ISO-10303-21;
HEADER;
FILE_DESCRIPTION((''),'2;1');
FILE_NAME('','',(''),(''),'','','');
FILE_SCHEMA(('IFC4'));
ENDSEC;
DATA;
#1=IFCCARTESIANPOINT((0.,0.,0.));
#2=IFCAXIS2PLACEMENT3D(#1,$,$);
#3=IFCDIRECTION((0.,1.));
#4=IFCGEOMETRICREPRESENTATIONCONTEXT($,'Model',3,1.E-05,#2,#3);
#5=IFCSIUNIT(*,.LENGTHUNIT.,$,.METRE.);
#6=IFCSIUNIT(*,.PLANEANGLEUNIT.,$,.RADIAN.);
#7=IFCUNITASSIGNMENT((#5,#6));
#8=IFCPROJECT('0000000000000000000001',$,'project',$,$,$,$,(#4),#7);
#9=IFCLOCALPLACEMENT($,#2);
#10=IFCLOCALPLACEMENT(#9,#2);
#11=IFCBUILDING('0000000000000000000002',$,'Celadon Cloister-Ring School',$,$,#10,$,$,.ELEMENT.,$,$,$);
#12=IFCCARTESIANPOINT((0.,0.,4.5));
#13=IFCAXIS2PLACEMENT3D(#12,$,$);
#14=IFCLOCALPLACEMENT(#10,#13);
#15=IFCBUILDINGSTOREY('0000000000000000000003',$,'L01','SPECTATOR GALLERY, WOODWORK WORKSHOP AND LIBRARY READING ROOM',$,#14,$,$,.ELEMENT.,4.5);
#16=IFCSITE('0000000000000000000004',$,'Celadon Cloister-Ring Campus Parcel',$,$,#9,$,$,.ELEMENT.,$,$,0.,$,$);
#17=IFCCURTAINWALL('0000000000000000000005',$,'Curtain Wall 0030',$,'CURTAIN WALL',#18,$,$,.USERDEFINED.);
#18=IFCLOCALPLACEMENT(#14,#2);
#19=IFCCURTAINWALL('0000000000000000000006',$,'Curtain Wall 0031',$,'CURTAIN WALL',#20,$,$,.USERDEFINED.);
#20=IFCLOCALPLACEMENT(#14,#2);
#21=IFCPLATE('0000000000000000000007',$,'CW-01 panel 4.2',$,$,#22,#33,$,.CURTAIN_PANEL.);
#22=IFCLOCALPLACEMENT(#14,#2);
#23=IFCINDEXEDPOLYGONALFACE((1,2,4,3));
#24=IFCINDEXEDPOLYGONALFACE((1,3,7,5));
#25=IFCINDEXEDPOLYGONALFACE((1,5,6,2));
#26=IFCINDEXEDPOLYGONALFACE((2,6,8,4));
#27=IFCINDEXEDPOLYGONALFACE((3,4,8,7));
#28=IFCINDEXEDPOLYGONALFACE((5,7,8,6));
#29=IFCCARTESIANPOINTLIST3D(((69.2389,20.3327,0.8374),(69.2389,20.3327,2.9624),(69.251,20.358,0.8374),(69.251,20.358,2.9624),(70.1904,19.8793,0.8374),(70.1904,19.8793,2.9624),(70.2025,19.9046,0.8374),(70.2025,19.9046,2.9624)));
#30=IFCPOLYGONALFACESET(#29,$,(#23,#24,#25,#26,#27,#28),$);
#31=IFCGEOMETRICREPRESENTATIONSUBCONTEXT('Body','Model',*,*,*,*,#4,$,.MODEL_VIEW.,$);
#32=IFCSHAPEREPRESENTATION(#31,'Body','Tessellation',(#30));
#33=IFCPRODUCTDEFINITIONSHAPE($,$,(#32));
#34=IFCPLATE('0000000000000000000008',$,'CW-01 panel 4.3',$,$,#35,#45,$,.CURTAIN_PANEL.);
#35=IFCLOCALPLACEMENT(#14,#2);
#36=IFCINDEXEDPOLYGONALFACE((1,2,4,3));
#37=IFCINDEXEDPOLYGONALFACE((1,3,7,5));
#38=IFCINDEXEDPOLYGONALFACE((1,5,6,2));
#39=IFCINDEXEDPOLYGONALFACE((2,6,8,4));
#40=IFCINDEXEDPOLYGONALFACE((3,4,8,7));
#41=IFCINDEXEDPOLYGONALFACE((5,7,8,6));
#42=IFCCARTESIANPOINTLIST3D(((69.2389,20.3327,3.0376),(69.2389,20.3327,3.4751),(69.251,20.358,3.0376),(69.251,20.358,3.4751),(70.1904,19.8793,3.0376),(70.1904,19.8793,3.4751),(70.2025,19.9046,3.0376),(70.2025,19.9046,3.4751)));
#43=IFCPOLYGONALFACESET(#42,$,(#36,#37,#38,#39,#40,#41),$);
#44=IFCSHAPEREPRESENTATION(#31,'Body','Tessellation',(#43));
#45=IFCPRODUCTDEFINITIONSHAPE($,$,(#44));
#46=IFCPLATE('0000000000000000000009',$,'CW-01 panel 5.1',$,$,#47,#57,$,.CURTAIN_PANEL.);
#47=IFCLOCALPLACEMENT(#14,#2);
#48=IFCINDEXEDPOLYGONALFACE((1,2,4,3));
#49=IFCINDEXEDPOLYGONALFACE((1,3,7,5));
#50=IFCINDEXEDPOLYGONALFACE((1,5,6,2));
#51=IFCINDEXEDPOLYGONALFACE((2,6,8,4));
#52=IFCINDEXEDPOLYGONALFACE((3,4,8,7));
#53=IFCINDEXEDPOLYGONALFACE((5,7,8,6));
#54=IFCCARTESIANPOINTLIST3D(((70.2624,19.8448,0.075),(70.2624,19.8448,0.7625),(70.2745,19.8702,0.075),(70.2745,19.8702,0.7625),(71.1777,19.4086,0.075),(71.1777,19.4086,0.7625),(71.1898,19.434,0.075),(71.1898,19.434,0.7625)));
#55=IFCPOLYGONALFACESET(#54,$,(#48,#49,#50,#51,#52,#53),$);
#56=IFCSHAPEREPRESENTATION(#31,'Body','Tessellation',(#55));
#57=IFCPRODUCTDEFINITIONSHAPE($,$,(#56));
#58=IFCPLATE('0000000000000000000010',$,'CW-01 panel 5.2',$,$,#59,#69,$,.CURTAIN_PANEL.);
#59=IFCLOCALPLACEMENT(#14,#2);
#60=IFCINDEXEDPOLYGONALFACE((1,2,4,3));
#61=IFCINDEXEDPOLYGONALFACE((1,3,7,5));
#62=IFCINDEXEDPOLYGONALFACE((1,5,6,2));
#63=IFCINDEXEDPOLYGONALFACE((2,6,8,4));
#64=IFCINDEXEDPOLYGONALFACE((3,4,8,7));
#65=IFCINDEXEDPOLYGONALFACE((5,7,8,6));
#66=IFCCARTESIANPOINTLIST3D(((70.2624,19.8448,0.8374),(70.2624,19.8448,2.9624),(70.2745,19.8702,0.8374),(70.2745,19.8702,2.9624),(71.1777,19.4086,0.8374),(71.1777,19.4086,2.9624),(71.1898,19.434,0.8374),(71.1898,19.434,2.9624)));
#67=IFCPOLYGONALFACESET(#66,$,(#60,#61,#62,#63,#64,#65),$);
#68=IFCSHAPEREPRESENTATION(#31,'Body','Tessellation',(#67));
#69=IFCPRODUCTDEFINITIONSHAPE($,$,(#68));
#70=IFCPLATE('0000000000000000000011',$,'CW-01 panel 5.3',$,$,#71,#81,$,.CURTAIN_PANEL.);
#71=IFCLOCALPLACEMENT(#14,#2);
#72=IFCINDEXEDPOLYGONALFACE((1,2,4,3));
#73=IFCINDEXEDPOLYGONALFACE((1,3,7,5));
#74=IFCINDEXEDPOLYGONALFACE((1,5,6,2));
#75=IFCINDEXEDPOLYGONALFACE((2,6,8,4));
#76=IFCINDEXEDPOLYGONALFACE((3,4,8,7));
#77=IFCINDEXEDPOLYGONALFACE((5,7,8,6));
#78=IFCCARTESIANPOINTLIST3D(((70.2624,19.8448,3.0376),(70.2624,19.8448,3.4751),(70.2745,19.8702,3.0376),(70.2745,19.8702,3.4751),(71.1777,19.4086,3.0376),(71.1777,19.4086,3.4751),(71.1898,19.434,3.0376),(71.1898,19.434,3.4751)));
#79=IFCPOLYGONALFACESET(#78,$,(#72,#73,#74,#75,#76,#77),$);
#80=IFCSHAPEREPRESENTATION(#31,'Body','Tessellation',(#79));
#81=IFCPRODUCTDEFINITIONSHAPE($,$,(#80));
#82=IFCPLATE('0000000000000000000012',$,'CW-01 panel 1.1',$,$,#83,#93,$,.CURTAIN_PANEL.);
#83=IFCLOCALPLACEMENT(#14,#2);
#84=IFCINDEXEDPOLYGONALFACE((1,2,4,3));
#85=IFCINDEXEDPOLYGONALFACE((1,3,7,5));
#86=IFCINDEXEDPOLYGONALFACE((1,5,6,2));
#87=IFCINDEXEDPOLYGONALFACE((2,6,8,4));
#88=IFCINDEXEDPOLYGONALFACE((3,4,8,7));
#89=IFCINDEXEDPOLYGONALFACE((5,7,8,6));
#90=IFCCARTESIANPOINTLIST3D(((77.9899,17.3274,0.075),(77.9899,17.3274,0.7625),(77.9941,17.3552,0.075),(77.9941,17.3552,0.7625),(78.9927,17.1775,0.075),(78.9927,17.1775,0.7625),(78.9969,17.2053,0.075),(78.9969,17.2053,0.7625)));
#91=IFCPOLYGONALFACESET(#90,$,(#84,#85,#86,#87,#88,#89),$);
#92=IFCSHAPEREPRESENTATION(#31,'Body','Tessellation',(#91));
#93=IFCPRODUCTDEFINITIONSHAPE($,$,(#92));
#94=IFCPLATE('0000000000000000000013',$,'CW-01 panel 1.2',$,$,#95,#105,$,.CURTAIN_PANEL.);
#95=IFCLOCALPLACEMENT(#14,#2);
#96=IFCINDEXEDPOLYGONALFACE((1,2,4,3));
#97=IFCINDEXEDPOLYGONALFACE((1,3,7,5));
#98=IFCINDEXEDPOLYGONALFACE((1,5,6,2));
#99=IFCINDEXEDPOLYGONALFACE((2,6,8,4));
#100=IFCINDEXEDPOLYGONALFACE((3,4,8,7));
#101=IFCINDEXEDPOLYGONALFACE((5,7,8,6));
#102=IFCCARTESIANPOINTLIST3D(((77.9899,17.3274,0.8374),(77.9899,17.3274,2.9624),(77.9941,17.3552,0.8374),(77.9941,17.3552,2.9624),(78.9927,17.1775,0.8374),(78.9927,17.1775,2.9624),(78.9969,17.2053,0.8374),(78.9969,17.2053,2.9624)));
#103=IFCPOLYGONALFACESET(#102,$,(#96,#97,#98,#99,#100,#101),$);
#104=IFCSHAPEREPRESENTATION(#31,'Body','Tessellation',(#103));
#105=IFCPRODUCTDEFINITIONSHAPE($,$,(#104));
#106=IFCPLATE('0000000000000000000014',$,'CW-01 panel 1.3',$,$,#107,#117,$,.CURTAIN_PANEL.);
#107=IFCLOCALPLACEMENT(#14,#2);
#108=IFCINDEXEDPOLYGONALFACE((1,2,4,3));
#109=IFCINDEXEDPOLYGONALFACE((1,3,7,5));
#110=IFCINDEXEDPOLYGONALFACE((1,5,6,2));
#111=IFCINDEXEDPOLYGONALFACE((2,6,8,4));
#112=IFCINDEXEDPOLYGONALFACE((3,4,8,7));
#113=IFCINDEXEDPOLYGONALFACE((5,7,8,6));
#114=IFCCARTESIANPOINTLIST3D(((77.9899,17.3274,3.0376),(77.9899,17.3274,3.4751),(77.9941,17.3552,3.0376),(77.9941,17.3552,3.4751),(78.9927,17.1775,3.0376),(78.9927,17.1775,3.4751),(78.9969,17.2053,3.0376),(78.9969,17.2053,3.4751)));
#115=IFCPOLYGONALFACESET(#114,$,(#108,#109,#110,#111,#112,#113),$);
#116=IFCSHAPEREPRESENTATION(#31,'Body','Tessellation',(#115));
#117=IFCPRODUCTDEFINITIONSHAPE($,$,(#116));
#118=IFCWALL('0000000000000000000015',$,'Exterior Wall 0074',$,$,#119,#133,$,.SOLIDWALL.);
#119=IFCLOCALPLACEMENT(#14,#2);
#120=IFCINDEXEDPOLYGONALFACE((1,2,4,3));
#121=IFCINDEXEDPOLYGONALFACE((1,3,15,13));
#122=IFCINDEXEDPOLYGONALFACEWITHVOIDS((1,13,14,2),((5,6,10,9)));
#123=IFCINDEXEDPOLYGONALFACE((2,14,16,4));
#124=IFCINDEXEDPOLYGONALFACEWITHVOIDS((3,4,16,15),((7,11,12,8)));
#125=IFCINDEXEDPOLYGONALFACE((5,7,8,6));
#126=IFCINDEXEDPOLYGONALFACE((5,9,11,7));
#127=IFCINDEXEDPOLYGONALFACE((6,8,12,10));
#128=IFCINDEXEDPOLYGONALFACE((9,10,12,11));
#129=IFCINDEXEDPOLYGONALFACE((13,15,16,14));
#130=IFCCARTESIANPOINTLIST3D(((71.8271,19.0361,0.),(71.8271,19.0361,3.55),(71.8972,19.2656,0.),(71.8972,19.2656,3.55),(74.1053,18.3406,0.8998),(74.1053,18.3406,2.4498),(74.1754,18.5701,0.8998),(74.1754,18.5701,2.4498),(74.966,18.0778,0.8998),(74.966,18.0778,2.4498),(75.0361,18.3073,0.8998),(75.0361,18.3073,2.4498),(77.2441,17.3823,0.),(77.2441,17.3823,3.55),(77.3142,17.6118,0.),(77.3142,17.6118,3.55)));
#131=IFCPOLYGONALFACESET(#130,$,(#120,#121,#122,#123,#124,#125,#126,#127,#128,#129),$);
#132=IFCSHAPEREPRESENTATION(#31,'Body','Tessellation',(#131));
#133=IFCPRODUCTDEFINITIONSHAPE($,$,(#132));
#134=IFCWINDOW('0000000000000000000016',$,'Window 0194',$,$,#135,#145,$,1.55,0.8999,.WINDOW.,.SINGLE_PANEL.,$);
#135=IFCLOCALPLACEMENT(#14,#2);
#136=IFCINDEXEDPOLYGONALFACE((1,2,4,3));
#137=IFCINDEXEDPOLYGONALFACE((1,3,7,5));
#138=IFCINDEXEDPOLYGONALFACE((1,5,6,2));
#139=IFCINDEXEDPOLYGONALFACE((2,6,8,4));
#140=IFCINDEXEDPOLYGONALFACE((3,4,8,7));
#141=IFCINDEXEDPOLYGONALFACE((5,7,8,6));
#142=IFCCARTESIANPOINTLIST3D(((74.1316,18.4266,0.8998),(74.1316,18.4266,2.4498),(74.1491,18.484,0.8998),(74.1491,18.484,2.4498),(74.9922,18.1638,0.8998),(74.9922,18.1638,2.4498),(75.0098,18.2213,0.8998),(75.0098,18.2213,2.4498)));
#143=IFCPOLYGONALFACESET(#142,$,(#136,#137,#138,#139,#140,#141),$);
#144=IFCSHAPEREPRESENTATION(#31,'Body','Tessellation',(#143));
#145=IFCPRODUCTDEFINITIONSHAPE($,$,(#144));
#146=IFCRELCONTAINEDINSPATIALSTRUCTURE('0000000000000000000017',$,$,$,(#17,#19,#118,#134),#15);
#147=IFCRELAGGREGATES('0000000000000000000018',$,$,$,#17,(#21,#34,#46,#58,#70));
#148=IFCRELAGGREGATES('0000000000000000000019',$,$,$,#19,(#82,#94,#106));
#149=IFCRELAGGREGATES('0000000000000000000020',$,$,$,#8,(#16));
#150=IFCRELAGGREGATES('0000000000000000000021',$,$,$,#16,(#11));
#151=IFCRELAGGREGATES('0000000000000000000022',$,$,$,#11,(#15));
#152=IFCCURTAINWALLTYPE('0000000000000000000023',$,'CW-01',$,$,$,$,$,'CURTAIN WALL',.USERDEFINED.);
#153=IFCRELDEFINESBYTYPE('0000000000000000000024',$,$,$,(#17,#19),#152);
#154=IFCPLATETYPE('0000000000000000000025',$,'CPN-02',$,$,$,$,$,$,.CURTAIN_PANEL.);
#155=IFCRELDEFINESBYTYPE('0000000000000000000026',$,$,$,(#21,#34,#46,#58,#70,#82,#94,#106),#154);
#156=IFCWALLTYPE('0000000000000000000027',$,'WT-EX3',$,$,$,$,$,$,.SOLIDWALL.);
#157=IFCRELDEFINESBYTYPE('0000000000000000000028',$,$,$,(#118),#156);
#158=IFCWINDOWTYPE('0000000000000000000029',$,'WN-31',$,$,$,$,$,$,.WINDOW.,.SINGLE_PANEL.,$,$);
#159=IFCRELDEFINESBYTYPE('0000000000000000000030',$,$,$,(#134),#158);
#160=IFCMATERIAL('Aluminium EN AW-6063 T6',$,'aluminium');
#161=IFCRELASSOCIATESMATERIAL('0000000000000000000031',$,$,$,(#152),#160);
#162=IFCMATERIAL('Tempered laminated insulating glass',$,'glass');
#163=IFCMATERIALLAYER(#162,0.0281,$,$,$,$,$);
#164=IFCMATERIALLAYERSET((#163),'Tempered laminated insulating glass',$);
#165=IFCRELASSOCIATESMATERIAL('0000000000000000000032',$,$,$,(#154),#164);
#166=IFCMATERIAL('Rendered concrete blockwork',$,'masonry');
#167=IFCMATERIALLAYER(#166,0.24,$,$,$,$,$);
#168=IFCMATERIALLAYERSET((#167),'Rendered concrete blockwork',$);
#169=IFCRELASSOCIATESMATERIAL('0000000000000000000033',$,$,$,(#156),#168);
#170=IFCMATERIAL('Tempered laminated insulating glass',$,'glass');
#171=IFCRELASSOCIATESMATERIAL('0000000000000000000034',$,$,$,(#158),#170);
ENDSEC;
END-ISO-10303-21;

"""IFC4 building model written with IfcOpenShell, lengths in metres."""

from ifc_helpers import new_model, si_unit, direction, frame, frame_2d, origin, origin_2d, place, context, subcontext, project, spatial, rectangle, extrude, material, layer, layer_set, type_object, element, fill, aggregate, save


model = new_model("IFC4")

# Units and contexts
model_context = context("Model", 3, precision=1e-05, world=origin(), true_north=direction((0.0, 1.0)))
body_context = subcontext(model_context, "Body", "Model", "MODEL_VIEW")
ifc_project = project(units=[si_unit("LENGTHUNIT", "METRE"), si_unit("PLANEANGLEUNIT", "RADIAN")], contexts=[model_context])

# Site, building, storey
site_placement = place(None, origin())
site = spatial("IfcSite", under=ifc_project, at=site_placement, Name="Celadon Cloister-Ring Campus Parcel", CompositionType="ELEMENT", RefElevation=0.0)
building_placement = place(site_placement, origin())
building = spatial("IfcBuilding", under=site, at=building_placement, Name="Celadon Cloister-Ring School", CompositionType="ELEMENT")
storey_placement = place(building_placement, frame((0.0, 0.0, 4.5)))
storey = spatial("IfcBuildingStorey", under=building, at=storey_placement, Name="L01", Description="SPECTATOR GALLERY, WOODWORK WORKSHOP AND LIBRARY READING ROOM", CompositionType="ELEMENT", Elevation=4.5)

# Curtain walls
ifc_material_1 = material(Name="Aluminium EN AW-6063 T6", Category="aluminium")
curtain_wall_type = type_object("IfcCurtainWallType", Name="CW-01", ElementType="CURTAIN WALL", PredefinedType="USERDEFINED", material=ifc_material_1)
curtain_wall_1_placement = place(storey_placement, origin())
curtain_wall_1 = element("IfcCurtainWall", 1, at=curtain_wall_1_placement, inside=storey, type_object=curtain_wall_type, Name="Curtain Wall 0030", ObjectType="CURTAIN WALL", PredefinedType="USERDEFINED")
curtain_wall_2_placement = place(storey_placement, origin())
curtain_wall_2 = element("IfcCurtainWall", 2, at=curtain_wall_2_placement, inside=storey, type_object=curtain_wall_type, Name="Curtain Wall 0031", ObjectType="CURTAIN WALL", PredefinedType="USERDEFINED")

# Plates
ifc_material_2 = material(Name="Tempered laminated insulating glass", Category="glass")
ifc_layer_1 = layer(ifc_material_2, 0.0281)
ifc_layer_set_1 = layer_set([ifc_layer_1], Name="Tempered laminated insulating glass")
plate_type = type_object("IfcPlateType", Name="CPN-02", PredefinedType="CURTAIN_PANEL", material=ifc_layer_set_1)
plate_1_placement = place(storey_placement, frame((69.7207, 20.1187, 0.8374), z_axis=(0.0, 0.0, 1.0), x_axis=(0.902733, -0.430201, 0.0)))
plate_1 = element("IfcPlate", 3, at=plate_1_placement, type_object=plate_type, Name="CW-01 panel 4.2", PredefinedType="CURTAIN_PANEL", context=body_context, shape_type="SweptSolid", body=[
    extrude(rectangle(XDim=1.054, YDim=0.0281, at=origin_2d()), origin(), (0.0, 0.0, 1.0), 2.125),
])
plate_2_placement = place(storey_placement, frame((69.7207, 20.1187, 3.0376), z_axis=(0.0, 0.0, 1.0), x_axis=(0.902733, -0.430201, 0.0)))
plate_2 = element("IfcPlate", 4, at=plate_2_placement, type_object=plate_type, Name="CW-01 panel 4.3", PredefinedType="CURTAIN_PANEL", context=body_context, shape_type="SweptSolid", body=[
    extrude(rectangle(XDim=1.054, YDim=0.0281, at=origin_2d()), origin(), (0.0, 0.0, 1.0), 0.4375),
])
plate_3_placement = place(storey_placement, frame((70.7261, 19.6394, 0.075), z_axis=(0.0, 0.0, 1.0), x_axis=(0.902733, -0.430201, 0.0)))
plate_3 = element("IfcPlate", 5, at=plate_3_placement, type_object=plate_type, Name="CW-01 panel 5.1", PredefinedType="CURTAIN_PANEL", context=body_context, shape_type="SweptSolid", body=[
    extrude(rectangle(XDim=1.0139, YDim=0.0281, at=origin_2d()), origin(), (0.0, 0.0, 1.0), 0.6875),
])
plate_4_placement = place(storey_placement, frame((70.7261, 19.6394, 0.8374), z_axis=(0.0, 0.0, 1.0), x_axis=(0.902733, -0.430201, 0.0)))
plate_4 = element("IfcPlate", 6, at=plate_4_placement, type_object=plate_type, Name="CW-01 panel 5.2", PredefinedType="CURTAIN_PANEL", context=body_context, shape_type="SweptSolid", body=[
    extrude(rectangle(XDim=1.0139, YDim=0.0281, at=origin_2d()), origin(), (0.0, 0.0, 1.0), 2.125),
])
plate_5_placement = place(storey_placement, frame((70.7261, 19.6394, 3.0376), z_axis=(0.0, 0.0, 1.0), x_axis=(0.902733, -0.430201, 0.0)))
plate_5 = element("IfcPlate", 7, at=plate_5_placement, type_object=plate_type, Name="CW-01 panel 5.3", PredefinedType="CURTAIN_PANEL", context=body_context, shape_type="SweptSolid", body=[
    extrude(rectangle(XDim=1.0139, YDim=0.0281, at=origin_2d()), origin(), (0.0, 0.0, 1.0), 0.4375),
])
aggregate(curtain_wall_1, [plate_1, plate_2, plate_3, plate_4, plate_5])
plate_6_placement = place(storey_placement, frame((78.4934, 17.2664, 0.075), z_axis=(0.0, 0.0, 1.0), x_axis=(0.989015, -0.147814, 0.0)))
plate_6 = element("IfcPlate", 8, at=plate_6_placement, type_object=plate_type, Name="CW-01 panel 1.1", PredefinedType="CURTAIN_PANEL", context=body_context, shape_type="SweptSolid", body=[
    extrude(rectangle(XDim=1.0139, YDim=0.0281, at=origin_2d()), origin(), (0.0, 0.0, 1.0), 0.6875),
])
plate_7_placement = place(storey_placement, frame((78.4934, 17.2664, 0.8374), z_axis=(0.0, 0.0, 1.0), x_axis=(0.989015, -0.147814, 0.0)))
plate_7 = element("IfcPlate", 9, at=plate_7_placement, type_object=plate_type, Name="CW-01 panel 1.2", PredefinedType="CURTAIN_PANEL", context=body_context, shape_type="SweptSolid", body=[
    extrude(rectangle(XDim=1.0139, YDim=0.0281, at=origin_2d()), origin(), (0.0, 0.0, 1.0), 2.125),
])
plate_8_placement = place(storey_placement, frame((78.4934, 17.2664, 3.0376), z_axis=(0.0, 0.0, 1.0), x_axis=(0.989015, -0.147814, 0.0)))
plate_8 = element("IfcPlate", 10, at=plate_8_placement, type_object=plate_type, Name="CW-01 panel 1.3", PredefinedType="CURTAIN_PANEL", context=body_context, shape_type="SweptSolid", body=[
    extrude(rectangle(XDim=1.0139, YDim=0.0281, at=origin_2d()), origin(), (0.0, 0.0, 1.0), 0.4375),
])
aggregate(curtain_wall_2, [plate_6, plate_7, plate_8])

# Wall, opening, window
ifc_material_3 = material(Name="Rendered concrete blockwork", Category="masonry")
ifc_layer_2 = layer(ifc_material_3, 0.24)
ifc_layer_set_2 = layer_set([ifc_layer_2], Name="Rendered concrete blockwork")
wall_type = type_object("IfcWallType", Name="WT-EX3", PredefinedType="SOLIDWALL", material=ifc_layer_set_2)
wall_placement = place(storey_placement, frame((71.8621, 19.1509, 0.0), z_axis=(0.0, 0.0, 1.0), x_axis=(0.95642, -0.291995, 0.0)))
wall = element("IfcWall", 11, at=wall_placement, inside=storey, type_object=wall_type, Name="Exterior Wall 0074", PredefinedType="SOLIDWALL", context=body_context, shape_type="SweptSolid", body=[
    extrude(rectangle(XDim=5.6638, YDim=0.24, at=frame_2d((2.832, 0.0))), origin(), (0.0, 0.0, 1.0), 3.55),
])
opening_placement = place(wall_placement, frame((2.3821, 0.0, 0.8999)))
opening = element("IfcOpeningElement", 12, at=opening_placement, cuts=wall, PredefinedType="OPENING", context=body_context, shape_type="SweptSolid", body=[
    extrude(rectangle(XDim=0.8999, YDim=1.55, at=frame_2d((0.45, 0.7749))), frame((0.0, 0.1299, 0.0), z_axis=(0.0, -1.0, 0.0), x_axis=(1.0, 0.0, 0.0)), (0.0, 0.0, 1.0), 0.26),
])
ifc_material_4 = material(Name="Tempered laminated insulating glass", Category="glass")
window_type = type_object("IfcWindowType", Name="WN-31", PartitioningType="SINGLE_PANEL", PredefinedType="WINDOW", material=ifc_material_4)
window_placement = place(opening_placement, origin())
window = element("IfcWindow", 13, at=window_placement, inside=storey, type_object=window_type, Name="Window 0194", OverallHeight=1.55, OverallWidth=0.8999, PartitioningType="SINGLE_PANEL", PredefinedType="WINDOW", context=body_context, shape_type="SweptSolid", body=[
    extrude(rectangle(XDim=0.8999, YDim=1.55, at=frame_2d((0.45, 0.7749))), frame((0.0, 0.03, 0.0), z_axis=(0.0, -1.0, 0.0), x_axis=(1.0, 0.0, 0.0)), (0.0, 0.0, 1.0), 0.0601),
])
fill(opening, window)

save(model, "model.ifc")
